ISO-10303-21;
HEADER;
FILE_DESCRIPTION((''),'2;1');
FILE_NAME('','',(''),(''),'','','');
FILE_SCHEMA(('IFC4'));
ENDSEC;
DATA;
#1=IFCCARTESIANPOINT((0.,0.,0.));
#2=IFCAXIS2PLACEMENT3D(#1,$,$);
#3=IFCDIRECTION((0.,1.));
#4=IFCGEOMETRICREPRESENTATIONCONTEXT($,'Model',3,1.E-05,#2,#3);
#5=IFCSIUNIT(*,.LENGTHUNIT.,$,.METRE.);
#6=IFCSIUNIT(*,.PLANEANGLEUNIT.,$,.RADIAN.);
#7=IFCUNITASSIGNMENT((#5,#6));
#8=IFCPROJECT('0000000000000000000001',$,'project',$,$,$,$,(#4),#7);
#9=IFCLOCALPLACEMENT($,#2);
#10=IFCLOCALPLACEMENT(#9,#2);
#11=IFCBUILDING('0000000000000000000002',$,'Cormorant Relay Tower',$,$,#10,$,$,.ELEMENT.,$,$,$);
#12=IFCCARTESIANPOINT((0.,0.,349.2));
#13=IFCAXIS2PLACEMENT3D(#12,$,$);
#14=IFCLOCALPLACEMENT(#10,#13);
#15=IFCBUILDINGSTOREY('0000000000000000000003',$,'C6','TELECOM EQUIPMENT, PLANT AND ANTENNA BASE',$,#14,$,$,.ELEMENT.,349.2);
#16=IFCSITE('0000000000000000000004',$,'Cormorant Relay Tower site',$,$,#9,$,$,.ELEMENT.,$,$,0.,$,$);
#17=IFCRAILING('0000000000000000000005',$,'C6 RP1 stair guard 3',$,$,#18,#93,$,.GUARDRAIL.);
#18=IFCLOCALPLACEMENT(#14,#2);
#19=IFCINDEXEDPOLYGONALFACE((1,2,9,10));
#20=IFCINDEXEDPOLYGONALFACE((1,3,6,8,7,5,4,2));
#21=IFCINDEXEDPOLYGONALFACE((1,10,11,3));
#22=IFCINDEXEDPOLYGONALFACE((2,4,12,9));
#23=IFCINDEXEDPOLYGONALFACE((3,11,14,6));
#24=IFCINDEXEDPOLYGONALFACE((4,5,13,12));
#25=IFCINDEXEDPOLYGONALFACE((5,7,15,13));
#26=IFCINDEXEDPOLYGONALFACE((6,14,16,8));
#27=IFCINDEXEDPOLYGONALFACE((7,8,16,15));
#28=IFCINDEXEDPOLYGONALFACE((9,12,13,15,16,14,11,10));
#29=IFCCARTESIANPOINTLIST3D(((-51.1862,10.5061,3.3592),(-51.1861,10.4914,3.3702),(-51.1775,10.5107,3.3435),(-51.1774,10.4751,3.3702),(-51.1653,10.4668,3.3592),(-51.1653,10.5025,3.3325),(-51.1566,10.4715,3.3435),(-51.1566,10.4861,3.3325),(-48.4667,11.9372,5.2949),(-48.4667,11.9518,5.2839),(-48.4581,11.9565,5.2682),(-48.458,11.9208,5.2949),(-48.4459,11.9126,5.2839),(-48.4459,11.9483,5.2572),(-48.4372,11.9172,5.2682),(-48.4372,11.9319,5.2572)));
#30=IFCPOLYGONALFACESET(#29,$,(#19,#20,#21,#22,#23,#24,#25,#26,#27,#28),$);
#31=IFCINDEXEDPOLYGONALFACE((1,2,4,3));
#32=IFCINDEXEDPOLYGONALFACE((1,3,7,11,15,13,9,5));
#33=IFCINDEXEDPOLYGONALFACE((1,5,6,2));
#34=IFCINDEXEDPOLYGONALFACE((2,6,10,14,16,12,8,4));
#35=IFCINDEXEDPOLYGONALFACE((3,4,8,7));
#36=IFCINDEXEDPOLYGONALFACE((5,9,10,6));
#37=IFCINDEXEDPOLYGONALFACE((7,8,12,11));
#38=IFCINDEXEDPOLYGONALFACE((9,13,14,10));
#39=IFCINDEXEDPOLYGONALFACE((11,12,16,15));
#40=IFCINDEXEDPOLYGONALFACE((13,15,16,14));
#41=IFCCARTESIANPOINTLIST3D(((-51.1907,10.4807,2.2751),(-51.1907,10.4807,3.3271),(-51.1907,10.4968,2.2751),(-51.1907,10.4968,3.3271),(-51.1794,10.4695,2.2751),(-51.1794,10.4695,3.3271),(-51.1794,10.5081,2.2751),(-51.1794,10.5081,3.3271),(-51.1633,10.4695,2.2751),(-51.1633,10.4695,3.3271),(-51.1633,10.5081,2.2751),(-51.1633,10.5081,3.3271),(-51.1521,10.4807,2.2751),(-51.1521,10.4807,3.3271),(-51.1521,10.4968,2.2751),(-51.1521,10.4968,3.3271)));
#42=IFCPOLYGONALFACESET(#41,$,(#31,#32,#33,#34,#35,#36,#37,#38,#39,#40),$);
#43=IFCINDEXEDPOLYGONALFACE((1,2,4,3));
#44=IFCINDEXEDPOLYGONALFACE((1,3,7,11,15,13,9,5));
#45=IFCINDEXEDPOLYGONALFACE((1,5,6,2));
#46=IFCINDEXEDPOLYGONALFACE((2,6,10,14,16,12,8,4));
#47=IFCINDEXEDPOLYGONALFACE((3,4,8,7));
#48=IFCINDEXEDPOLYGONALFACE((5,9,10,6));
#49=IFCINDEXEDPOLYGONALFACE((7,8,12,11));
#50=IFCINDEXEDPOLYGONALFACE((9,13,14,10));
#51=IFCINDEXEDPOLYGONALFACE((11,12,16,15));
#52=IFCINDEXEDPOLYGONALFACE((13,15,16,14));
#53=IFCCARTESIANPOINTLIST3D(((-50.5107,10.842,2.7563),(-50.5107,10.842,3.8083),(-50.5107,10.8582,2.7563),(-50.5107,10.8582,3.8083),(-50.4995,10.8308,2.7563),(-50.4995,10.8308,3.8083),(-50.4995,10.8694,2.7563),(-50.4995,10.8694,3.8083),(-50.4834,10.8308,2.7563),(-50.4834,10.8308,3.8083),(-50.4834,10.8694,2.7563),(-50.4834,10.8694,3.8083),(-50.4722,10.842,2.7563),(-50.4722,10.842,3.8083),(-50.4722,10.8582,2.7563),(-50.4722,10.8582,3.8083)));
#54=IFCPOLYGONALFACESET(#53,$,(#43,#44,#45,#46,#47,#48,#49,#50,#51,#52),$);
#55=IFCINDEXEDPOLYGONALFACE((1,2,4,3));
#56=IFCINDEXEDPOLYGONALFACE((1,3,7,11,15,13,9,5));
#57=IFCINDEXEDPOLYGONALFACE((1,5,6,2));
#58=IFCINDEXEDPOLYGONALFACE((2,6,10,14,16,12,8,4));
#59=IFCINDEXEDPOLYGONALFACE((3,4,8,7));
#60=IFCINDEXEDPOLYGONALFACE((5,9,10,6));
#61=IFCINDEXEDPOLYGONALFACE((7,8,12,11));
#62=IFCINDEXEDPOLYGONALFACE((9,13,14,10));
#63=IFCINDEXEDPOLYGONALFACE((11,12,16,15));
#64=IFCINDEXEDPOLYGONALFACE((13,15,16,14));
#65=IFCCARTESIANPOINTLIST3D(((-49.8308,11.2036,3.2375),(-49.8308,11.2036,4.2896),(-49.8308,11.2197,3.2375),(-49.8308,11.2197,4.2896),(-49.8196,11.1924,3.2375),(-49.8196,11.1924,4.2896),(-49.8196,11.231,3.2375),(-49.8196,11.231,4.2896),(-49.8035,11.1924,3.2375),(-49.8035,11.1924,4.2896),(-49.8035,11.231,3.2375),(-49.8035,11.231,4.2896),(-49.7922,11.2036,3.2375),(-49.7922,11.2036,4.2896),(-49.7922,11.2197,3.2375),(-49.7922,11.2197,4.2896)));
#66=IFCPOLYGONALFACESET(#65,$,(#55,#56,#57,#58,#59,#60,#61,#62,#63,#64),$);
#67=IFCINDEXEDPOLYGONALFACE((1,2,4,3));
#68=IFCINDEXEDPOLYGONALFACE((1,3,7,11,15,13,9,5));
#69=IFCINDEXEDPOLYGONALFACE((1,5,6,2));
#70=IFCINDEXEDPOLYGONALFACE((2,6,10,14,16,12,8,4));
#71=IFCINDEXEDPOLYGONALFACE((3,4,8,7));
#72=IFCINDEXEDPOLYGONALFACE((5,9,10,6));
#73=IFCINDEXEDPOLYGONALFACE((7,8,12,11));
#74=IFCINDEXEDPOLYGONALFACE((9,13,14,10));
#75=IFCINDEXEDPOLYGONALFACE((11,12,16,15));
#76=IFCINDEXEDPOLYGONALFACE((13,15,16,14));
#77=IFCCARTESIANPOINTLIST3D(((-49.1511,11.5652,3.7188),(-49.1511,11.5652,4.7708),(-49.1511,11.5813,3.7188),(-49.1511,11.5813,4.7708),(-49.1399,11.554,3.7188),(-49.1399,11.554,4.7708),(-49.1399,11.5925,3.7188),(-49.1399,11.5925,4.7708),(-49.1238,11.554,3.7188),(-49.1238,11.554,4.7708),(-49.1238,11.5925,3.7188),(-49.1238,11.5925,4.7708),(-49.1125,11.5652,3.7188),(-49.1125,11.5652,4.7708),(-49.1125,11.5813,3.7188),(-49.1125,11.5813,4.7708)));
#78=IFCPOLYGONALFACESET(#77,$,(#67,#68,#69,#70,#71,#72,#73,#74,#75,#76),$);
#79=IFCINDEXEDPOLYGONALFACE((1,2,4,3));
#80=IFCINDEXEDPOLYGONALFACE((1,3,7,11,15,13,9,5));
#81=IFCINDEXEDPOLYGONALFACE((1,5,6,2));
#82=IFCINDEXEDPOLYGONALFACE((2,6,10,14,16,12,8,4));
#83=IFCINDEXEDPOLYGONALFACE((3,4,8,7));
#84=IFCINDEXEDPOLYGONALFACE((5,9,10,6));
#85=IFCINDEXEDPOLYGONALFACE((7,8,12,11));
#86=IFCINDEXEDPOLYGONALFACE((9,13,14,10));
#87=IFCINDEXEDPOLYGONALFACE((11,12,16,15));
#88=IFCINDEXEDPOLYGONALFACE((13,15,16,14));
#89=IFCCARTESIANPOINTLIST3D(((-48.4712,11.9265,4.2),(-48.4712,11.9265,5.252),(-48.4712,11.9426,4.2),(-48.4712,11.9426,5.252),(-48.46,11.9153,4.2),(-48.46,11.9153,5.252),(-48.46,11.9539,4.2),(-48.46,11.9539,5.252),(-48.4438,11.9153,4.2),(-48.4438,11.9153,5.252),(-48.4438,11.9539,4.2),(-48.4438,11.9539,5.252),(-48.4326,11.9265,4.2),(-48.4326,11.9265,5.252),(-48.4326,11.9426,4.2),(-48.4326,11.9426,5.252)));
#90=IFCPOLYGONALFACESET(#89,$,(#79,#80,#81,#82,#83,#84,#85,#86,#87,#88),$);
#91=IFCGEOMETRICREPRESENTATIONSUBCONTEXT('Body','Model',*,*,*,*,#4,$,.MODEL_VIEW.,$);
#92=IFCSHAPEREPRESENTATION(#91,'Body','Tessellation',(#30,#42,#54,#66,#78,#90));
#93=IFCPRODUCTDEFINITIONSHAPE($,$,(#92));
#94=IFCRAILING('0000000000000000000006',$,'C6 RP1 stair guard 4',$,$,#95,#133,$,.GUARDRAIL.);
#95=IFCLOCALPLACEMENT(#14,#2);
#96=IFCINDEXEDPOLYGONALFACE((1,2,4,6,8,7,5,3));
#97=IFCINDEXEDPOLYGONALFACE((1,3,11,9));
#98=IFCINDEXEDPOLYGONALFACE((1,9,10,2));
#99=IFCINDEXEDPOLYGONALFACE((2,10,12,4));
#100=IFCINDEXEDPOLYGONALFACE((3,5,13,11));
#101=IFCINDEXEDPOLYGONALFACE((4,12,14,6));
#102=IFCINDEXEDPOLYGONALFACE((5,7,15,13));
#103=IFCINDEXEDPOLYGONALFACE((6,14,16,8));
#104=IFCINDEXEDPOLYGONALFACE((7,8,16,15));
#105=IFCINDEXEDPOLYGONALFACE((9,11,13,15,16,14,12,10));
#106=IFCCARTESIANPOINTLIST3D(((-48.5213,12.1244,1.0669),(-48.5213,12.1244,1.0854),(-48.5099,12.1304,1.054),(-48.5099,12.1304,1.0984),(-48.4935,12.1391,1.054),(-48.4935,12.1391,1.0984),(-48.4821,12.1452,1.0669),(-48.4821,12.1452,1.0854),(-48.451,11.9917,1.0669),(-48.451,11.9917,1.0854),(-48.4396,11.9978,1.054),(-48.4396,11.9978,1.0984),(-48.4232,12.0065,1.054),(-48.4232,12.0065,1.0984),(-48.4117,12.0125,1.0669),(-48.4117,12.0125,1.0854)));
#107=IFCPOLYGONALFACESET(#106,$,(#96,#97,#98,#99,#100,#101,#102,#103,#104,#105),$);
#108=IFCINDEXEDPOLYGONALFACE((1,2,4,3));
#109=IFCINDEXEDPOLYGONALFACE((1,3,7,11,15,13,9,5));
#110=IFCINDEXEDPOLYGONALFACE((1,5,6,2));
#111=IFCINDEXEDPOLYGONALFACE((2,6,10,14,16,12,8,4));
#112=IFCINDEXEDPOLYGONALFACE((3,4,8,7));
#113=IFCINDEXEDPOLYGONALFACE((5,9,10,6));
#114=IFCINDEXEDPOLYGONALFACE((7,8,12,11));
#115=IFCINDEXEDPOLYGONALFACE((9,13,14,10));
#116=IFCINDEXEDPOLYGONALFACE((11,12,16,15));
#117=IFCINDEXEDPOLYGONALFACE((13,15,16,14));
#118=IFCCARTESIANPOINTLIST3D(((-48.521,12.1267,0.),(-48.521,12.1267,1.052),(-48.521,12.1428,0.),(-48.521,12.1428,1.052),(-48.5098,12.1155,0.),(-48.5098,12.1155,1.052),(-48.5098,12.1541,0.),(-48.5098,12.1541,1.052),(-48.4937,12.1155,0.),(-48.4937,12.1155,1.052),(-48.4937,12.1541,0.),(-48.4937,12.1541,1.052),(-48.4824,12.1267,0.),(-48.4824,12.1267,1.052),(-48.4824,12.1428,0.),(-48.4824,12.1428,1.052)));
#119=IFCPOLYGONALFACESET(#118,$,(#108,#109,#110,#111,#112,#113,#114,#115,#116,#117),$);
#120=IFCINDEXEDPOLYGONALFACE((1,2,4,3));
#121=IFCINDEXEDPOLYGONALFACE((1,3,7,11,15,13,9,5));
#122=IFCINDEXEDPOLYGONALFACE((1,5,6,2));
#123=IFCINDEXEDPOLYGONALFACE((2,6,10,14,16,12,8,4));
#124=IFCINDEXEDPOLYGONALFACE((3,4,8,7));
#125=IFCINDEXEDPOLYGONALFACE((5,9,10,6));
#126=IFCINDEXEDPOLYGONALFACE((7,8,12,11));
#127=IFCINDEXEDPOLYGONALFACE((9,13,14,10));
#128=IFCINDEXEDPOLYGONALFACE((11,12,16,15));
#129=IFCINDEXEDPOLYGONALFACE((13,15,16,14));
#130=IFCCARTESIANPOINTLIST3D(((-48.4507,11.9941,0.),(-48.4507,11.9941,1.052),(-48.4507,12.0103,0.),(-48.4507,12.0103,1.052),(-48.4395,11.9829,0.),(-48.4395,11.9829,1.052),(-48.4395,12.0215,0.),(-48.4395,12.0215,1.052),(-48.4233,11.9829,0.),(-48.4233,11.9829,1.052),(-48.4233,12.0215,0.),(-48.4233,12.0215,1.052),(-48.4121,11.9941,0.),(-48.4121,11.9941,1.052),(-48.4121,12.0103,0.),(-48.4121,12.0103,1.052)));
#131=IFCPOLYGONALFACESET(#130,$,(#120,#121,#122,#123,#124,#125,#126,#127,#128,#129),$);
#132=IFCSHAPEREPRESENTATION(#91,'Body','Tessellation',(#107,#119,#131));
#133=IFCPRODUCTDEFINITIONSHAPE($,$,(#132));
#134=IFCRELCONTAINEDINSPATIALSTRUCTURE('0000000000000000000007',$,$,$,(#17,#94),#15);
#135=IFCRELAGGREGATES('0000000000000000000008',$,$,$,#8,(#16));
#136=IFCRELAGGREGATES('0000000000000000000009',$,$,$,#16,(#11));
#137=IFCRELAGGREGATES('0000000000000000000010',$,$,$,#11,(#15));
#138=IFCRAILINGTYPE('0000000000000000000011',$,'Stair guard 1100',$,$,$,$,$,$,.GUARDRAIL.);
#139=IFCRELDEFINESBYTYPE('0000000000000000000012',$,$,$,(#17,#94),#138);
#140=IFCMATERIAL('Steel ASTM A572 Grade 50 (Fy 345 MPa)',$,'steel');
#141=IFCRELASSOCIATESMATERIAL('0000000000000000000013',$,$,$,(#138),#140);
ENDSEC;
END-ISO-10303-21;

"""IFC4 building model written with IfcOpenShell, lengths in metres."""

from ifc_helpers import new_model, si_unit, direction, frame, origin, place, context, subcontext, project, spatial, polyline, outline, extrude, material, type_object, element, save


model = new_model("IFC4")

# Units and contexts
model_context = context("Model", 3, precision=1e-05, world=origin(), true_north=direction((0.0, 1.0)))
body_context = subcontext(model_context, "Body", "Model", "MODEL_VIEW")
ifc_project = project(units=[si_unit("LENGTHUNIT", "METRE"), si_unit("PLANEANGLEUNIT", "RADIAN")], contexts=[model_context])

# Site, building, storey
site_placement = place(None, origin())
site = spatial("IfcSite", under=ifc_project, at=site_placement, Name="Cormorant Relay Tower site", CompositionType="ELEMENT", RefElevation=0.0)
building_placement = place(site_placement, origin())
building = spatial("IfcBuilding", under=site, at=building_placement, Name="Cormorant Relay Tower", CompositionType="ELEMENT")
storey_placement = place(building_placement, frame((0.0, 0.0, 349.2)))
storey = spatial("IfcBuildingStorey", under=building, at=storey_placement, Name="C6", Description="TELECOM EQUIPMENT, PLANT AND ANTENNA BASE", CompositionType="ELEMENT", Elevation=349.2)

# Railings
ifc_material_1 = material(Name="Steel ASTM A572 Grade 50 (Fy 345 MPa)", Category="steel")
railing_type_1 = type_object("IfcRailingType", Name="Stair guard 1100", PredefinedType="GUARDRAIL", material=ifc_material_1)
railing_1_placement = place(storey_placement, frame((-51.1714, 10.4888, 2.2751)))
element("IfcRailing", 1, at=railing_1_placement, inside=storey, type_object=railing_type_1, Name="C6 RP1 stair guard 3", PredefinedType="GUARDRAIL", context=body_context, shape_type="SweptSolid", body=[
    extrude(outline(polyline([(0.0222, 0.0093), (0.0093, 0.0222), (-0.0093, 0.0222), (-0.0222, 0.0093), (-0.0222, -0.0093), (-0.0093, -0.0222), (0.0093, -0.0222), (0.0222, -0.0093), (0.0222, 0.0093)])), frame((0.0, 0.0, 1.0762), z_axis=(0.748774, 0.398082, 0.52997), x_axis=(-0.469428, 0.882971, 0.0)), (0.0, 0.0, 1.0), 3.6318),
    extrude(outline(polyline([(0.0193, 0.0081), (0.0081, 0.0193), (-0.0081, 0.0193), (-0.0193, 0.0081), (-0.0193, -0.0081), (-0.0081, -0.0193), (0.0081, -0.0193), (0.0193, -0.0081), (0.0193, 0.0081)])), origin(), (0.0, 0.0, 1.0), 1.052),
    extrude(outline(polyline([(0.0193, 0.0081), (0.0081, 0.0193), (-0.0081, 0.0193), (-0.0193, 0.0081), (-0.0193, -0.0081), (-0.0081, -0.0193), (0.0081, -0.0193), (0.0193, -0.0081), (0.0193, 0.0081)])), frame((0.6799, 0.3613, 0.4812)), (0.0, 0.0, 1.0), 1.052),
    extrude(outline(polyline([(0.0193, 0.0081), (0.0081, 0.0193), (-0.0081, 0.0193), (-0.0193, 0.0081), (-0.0193, -0.0081), (-0.0081, -0.0193), (0.0081, -0.0193), (0.0193, -0.0081), (0.0193, 0.0081)])), frame((1.3599, 0.7229, 0.9624)), (0.0, 0.0, 1.0), 1.052),
    extrude(outline(polyline([(0.0193, 0.0081), (0.0081, 0.0193), (-0.0081, 0.0193), (-0.0193, 0.0081), (-0.0193, -0.0081), (-0.0081, -0.0193), (0.0081, -0.0193), (0.0193, -0.0081), (0.0193, 0.0081)])), frame((2.0396, 1.0845, 1.4436)), (0.0, 0.0, 1.0), 1.052),
    extrude(outline(polyline([(0.0193, 0.0081), (0.0081, 0.0193), (-0.0081, 0.0193), (-0.0193, 0.0081), (-0.0193, -0.0081), (-0.0081, -0.0193), (0.0081, -0.0193), (0.0193, -0.0081), (0.0193, 0.0081)])), frame((2.7195, 1.4458, 1.9248)), (0.0, 0.0, 1.0), 1.052),
])
railing_2_placement = place(storey_placement, frame((-48.5017, 12.1348, 0.0)))
element("IfcRailing", 2, at=railing_2_placement, inside=storey, type_object=railing_type_1, Name="C6 RP1 stair guard 4", PredefinedType="GUARDRAIL", context=body_context, shape_type="SweptSolid", body=[
    extrude(outline(polyline([(0.0222, 0.0093), (0.0093, 0.0222), (-0.0093, 0.0222), (-0.0222, 0.0093), (-0.0222, -0.0093), (-0.0093, -0.0222), (0.0093, -0.0222), (0.0222, -0.0093), (0.0222, 0.0093)])), frame((0.0, 0.0, 1.0762), z_axis=(0.46856, -0.883431, 0.0), x_axis=(0.883431, 0.46856, 0.0)), (0.0, 0.0, 1.0), 0.1501),
    extrude(outline(polyline([(0.0193, 0.0081), (0.0081, 0.0193), (-0.0081, 0.0193), (-0.0193, 0.0081), (-0.0193, -0.0081), (-0.0081, -0.0193), (0.0081, -0.0193), (0.0193, -0.0081), (0.0193, 0.0081)])), origin(), (0.0, 0.0, 1.0), 1.052),
    extrude(outline(polyline([(0.0193, 0.0081), (0.0081, 0.0193), (-0.0081, 0.0193), (-0.0193, 0.0081), (-0.0193, -0.0081), (-0.0081, -0.0193), (0.0081, -0.0193), (0.0193, -0.0081), (0.0193, 0.0081)])), frame((0.0703, -0.1326, 0.0)), (0.0, 0.0, 1.0), 1.052),
])

save(model, "model.ifc")
